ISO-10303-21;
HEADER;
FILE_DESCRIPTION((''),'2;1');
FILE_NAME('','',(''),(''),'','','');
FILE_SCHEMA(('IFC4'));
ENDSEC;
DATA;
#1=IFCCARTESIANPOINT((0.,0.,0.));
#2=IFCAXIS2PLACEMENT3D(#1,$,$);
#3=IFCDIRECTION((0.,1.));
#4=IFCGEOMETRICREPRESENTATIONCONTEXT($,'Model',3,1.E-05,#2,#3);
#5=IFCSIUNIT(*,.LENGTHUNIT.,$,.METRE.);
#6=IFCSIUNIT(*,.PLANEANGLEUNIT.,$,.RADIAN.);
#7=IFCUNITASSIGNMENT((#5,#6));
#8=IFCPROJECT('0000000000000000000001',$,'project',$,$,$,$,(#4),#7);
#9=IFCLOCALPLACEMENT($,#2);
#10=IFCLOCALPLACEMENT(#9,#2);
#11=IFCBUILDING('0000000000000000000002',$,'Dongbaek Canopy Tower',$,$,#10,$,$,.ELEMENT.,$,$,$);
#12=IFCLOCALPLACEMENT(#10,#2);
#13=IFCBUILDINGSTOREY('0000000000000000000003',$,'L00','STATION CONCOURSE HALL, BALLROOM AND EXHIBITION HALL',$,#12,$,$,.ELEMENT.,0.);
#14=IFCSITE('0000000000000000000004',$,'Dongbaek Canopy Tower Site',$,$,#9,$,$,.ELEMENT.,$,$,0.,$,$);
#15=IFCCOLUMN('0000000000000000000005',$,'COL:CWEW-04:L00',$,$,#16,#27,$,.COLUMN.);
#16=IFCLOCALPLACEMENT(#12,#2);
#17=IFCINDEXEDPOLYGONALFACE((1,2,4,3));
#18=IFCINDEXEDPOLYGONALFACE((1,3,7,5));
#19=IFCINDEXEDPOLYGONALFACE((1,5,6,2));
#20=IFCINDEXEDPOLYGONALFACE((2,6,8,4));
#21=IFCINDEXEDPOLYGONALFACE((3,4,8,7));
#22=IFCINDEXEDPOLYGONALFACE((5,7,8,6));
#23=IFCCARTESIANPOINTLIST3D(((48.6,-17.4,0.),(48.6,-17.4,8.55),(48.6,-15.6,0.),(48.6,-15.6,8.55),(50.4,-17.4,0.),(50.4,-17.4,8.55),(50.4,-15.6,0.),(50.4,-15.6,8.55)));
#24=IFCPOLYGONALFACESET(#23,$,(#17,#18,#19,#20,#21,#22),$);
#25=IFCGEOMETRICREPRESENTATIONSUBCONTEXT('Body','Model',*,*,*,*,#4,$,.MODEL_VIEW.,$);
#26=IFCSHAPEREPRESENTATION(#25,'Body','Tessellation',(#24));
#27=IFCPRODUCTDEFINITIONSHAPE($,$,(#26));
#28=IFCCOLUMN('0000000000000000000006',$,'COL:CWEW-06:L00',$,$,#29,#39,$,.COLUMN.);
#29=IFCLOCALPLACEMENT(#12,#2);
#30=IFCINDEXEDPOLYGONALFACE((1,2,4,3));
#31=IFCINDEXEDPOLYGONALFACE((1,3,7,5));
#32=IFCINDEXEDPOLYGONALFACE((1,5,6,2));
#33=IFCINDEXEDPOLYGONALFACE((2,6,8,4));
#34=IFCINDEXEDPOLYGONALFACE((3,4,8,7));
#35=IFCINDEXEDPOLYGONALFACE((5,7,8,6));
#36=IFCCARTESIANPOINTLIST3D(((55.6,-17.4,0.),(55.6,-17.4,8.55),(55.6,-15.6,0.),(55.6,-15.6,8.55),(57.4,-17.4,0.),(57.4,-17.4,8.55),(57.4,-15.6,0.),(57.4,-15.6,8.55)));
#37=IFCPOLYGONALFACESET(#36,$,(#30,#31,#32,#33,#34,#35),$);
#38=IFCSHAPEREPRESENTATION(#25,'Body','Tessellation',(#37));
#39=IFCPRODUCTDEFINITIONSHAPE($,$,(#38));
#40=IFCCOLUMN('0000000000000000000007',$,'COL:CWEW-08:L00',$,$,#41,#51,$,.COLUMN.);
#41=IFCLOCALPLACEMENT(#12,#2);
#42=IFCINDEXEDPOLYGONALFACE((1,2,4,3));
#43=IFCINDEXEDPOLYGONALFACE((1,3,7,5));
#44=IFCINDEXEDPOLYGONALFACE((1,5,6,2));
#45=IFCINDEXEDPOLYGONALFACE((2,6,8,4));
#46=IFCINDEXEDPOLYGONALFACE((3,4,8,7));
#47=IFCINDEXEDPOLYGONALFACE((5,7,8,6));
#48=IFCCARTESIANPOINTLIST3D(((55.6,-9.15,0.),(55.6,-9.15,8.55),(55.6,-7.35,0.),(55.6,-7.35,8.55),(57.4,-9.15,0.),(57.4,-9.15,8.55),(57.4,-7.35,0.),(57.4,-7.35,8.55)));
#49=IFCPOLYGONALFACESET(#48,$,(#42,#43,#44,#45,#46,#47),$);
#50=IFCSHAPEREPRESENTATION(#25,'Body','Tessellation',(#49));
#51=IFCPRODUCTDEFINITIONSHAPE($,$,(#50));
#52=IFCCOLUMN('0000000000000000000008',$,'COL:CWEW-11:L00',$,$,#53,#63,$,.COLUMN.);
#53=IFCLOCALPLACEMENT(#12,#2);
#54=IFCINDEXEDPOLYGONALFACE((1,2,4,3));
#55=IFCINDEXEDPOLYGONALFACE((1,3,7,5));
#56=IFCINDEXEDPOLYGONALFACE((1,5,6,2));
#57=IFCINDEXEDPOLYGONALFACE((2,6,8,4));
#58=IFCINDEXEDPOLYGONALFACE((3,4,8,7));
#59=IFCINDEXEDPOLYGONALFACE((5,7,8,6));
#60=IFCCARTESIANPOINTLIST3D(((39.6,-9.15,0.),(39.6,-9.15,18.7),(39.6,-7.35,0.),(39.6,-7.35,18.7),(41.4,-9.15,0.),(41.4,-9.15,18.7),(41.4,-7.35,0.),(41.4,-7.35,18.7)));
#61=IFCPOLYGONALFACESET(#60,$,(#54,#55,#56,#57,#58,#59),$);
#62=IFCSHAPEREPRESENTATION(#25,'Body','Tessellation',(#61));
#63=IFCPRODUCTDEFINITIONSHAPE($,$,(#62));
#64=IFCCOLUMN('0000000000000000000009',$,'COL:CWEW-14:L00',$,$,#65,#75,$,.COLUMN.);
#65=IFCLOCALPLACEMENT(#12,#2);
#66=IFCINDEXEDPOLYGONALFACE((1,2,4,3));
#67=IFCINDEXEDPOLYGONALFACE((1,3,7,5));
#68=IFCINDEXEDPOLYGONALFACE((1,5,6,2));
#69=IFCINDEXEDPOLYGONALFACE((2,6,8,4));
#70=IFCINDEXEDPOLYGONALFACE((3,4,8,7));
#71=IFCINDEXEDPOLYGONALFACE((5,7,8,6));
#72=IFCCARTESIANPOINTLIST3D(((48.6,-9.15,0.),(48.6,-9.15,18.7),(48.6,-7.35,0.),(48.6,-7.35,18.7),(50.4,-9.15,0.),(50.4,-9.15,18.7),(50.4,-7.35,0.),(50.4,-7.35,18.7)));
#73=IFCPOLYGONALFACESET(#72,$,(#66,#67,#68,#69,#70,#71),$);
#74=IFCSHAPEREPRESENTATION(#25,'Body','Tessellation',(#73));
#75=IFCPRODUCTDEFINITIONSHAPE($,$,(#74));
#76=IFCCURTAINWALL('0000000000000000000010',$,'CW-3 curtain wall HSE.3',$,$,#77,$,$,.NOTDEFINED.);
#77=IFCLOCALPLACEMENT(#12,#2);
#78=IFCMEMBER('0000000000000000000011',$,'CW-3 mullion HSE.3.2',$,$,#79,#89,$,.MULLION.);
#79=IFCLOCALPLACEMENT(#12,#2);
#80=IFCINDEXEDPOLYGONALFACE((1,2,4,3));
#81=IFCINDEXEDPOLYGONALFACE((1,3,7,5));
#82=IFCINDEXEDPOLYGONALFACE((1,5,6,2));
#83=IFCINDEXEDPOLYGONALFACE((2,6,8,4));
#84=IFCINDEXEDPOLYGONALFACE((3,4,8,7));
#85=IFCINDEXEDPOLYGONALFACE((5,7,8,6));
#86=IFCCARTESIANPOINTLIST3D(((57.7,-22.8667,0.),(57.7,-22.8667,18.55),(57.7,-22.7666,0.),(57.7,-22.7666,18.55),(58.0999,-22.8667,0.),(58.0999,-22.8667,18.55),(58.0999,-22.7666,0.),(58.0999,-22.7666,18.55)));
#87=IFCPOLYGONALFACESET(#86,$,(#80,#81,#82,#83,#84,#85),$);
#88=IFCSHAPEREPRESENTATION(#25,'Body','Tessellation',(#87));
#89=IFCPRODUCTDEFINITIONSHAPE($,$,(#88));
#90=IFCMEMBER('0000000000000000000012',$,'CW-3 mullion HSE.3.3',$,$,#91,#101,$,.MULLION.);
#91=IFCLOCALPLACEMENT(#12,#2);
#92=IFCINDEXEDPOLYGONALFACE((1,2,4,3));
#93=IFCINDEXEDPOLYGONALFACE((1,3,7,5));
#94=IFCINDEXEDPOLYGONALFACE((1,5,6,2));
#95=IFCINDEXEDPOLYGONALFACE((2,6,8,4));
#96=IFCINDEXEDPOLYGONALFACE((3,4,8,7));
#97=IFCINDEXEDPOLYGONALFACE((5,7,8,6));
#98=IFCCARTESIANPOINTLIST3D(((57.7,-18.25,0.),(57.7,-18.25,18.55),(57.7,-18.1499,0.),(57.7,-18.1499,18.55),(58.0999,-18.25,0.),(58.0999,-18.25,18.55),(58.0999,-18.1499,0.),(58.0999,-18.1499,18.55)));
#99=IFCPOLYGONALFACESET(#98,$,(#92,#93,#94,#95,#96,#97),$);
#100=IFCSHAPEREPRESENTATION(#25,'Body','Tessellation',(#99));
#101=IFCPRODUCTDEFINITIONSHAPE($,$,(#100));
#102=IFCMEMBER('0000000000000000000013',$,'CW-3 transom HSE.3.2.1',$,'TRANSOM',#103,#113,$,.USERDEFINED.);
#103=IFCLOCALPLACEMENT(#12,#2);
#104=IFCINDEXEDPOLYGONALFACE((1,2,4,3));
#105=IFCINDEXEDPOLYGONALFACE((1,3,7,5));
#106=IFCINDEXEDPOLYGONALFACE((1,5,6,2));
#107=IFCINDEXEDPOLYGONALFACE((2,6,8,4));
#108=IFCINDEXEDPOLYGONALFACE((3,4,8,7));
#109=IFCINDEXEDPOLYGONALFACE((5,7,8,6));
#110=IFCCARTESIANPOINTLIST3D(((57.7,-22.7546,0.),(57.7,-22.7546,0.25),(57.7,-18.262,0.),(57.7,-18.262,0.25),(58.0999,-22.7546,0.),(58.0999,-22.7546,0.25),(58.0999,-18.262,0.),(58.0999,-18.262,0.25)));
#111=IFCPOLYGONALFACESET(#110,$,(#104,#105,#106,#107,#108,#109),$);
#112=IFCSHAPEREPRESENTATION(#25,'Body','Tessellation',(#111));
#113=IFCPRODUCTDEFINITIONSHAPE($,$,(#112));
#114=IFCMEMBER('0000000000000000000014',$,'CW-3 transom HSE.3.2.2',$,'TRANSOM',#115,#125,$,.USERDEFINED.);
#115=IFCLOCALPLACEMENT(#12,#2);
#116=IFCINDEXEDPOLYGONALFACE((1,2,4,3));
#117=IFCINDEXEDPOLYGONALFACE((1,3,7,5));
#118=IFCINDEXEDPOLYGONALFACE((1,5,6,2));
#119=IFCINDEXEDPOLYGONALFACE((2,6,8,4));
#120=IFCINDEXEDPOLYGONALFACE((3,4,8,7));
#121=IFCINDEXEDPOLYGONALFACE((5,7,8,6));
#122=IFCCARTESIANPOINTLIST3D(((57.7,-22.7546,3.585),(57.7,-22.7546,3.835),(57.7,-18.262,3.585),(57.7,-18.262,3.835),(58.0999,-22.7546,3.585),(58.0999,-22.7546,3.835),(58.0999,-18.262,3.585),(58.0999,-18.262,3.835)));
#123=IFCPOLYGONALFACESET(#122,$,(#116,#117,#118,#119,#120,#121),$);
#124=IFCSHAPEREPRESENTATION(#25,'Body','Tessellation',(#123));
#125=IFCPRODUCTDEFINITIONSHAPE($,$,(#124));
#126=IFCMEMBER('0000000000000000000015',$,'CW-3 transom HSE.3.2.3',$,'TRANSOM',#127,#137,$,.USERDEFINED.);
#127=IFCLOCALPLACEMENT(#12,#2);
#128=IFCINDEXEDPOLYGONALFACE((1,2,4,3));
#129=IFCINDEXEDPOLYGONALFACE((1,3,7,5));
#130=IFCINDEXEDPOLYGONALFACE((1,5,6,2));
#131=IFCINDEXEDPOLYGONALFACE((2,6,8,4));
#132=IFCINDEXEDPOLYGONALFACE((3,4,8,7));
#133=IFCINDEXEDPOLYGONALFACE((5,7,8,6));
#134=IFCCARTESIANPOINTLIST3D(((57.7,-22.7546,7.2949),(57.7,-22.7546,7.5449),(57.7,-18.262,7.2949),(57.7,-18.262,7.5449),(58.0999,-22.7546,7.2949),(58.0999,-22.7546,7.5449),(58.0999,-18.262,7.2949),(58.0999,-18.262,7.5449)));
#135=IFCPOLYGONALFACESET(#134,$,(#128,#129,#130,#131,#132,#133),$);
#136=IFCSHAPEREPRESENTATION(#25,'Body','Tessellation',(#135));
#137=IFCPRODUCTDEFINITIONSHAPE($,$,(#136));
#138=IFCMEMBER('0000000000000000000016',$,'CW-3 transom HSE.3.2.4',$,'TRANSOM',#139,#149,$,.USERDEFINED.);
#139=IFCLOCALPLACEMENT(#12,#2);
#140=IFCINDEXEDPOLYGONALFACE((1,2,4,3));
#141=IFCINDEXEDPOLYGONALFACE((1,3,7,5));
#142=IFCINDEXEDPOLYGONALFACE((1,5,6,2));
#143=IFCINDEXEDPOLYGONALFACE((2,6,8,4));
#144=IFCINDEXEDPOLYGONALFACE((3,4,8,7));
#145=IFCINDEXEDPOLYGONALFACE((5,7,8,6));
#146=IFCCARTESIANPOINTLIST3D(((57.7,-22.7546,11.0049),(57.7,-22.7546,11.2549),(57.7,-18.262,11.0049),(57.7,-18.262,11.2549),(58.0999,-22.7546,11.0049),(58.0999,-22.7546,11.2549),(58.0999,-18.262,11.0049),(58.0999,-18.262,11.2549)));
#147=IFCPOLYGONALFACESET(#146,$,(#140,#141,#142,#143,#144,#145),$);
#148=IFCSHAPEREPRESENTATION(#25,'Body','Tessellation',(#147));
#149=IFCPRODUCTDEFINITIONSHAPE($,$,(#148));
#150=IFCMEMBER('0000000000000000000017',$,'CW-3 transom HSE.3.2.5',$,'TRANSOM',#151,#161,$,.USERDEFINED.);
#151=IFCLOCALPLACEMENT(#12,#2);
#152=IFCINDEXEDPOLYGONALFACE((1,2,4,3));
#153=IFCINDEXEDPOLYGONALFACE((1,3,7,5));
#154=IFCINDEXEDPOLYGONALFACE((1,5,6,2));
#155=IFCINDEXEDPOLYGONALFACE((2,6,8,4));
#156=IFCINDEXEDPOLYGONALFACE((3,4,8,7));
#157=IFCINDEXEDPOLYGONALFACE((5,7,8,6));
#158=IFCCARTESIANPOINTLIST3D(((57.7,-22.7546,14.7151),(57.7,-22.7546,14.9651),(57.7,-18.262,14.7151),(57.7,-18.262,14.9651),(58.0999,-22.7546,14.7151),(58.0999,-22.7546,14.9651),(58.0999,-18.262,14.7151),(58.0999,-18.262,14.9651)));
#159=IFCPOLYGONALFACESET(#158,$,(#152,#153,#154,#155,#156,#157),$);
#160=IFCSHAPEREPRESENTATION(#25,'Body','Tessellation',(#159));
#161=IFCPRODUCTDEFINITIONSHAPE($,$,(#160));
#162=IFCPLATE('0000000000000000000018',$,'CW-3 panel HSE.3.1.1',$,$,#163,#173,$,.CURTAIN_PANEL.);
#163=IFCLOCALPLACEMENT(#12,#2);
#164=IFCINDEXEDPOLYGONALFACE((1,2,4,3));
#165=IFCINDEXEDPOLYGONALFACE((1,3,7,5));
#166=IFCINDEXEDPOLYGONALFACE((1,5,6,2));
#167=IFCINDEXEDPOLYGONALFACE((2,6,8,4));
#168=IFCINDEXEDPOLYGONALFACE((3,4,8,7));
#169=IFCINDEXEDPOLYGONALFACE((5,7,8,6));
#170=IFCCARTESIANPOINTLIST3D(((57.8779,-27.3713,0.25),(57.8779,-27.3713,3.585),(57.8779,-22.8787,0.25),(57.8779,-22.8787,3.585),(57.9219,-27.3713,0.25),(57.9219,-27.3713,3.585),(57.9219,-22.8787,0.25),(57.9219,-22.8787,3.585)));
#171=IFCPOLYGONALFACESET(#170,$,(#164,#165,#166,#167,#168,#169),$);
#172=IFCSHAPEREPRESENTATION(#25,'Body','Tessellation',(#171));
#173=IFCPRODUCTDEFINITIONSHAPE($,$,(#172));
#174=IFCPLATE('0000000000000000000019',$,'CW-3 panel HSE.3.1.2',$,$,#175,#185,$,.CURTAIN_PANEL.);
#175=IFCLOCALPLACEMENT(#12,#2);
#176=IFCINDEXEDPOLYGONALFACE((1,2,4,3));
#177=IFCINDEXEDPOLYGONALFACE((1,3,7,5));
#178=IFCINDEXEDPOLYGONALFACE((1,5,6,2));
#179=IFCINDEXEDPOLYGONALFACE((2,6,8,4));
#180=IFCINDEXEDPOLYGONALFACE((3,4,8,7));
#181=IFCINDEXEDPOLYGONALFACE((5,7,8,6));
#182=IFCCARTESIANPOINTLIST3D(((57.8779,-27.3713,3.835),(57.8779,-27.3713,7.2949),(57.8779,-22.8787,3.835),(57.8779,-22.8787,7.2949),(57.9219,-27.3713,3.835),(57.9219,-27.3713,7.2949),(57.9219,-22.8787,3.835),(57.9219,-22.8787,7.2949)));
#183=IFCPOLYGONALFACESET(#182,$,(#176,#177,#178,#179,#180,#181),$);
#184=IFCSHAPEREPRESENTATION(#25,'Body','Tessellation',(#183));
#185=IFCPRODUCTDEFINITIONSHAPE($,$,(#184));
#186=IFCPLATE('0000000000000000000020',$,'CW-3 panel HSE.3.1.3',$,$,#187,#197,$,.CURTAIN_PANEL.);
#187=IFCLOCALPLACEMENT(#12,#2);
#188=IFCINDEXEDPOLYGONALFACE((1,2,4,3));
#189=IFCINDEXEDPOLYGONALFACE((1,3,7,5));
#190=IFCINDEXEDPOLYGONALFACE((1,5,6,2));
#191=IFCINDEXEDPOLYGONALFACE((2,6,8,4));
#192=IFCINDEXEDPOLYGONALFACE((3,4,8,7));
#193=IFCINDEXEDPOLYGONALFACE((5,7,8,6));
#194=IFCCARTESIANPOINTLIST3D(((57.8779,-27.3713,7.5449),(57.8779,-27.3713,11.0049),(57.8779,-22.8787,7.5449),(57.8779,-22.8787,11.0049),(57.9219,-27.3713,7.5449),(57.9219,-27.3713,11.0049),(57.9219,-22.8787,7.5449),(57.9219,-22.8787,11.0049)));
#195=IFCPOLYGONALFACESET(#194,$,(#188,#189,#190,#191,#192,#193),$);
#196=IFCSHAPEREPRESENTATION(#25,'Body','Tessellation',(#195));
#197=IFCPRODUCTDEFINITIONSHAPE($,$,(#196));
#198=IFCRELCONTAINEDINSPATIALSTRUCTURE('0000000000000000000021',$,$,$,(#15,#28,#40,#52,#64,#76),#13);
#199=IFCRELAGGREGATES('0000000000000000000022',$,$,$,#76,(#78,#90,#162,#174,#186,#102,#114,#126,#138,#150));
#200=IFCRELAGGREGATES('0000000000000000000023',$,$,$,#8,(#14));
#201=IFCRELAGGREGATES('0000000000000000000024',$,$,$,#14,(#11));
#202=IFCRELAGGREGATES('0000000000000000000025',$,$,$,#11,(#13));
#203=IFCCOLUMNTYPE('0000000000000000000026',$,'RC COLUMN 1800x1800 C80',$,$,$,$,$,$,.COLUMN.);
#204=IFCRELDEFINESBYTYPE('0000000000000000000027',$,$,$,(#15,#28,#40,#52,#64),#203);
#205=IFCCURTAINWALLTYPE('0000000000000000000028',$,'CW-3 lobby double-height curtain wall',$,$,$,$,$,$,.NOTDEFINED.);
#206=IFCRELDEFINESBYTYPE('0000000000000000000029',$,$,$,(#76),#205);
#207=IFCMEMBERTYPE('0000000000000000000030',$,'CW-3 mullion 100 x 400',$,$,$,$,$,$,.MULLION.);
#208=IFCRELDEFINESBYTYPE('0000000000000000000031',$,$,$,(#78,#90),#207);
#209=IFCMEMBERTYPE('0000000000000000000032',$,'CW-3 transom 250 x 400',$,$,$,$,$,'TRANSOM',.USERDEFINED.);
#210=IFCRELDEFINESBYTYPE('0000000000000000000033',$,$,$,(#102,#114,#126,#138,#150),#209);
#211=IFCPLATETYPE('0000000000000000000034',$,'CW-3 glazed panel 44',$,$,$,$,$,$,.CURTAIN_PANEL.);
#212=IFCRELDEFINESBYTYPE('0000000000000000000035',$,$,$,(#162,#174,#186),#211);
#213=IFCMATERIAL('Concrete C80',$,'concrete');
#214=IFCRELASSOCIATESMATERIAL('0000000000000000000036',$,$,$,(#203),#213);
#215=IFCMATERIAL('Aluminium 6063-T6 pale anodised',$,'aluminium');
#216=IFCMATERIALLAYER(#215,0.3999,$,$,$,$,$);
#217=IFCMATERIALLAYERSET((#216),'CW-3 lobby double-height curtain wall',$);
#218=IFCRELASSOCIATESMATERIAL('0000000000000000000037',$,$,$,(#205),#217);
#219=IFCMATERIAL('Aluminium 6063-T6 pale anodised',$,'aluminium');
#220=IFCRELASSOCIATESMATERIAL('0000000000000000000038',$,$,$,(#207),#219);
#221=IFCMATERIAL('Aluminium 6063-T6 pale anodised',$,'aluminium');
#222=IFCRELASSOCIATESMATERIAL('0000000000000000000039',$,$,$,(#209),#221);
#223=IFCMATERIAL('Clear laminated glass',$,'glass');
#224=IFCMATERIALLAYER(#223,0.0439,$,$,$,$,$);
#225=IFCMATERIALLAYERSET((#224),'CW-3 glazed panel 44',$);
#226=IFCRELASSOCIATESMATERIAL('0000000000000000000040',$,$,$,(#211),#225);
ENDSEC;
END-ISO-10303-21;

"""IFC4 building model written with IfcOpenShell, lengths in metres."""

from ifc_helpers import new_model, si_unit, direction, frame, origin, origin_2d, place, context, subcontext, project, spatial, rectangle, extrude, material, layer, layer_set, material_profile, profile_set, type_object, element, aggregate, save


model = new_model("IFC4")

# Units and contexts
model_context = context("Model", 3, precision=1e-05, world=origin(), true_north=direction((0.0, 1.0)))
body_context = subcontext(model_context, "Body", "Model", "MODEL_VIEW")
ifc_project = project(units=[si_unit("LENGTHUNIT", "METRE"), si_unit("PLANEANGLEUNIT", "RADIAN")], contexts=[model_context])

# Site, building, storey
site_placement = place(None, origin())
site = spatial("IfcSite", under=ifc_project, at=site_placement, Name="Dongbaek Canopy Tower Site", CompositionType="ELEMENT", RefElevation=0.0)
building_placement = place(site_placement, origin())
building = spatial("IfcBuilding", under=site, at=building_placement, Name="Dongbaek Canopy Tower", CompositionType="ELEMENT")
storey_placement = place(building_placement, origin())
storey = spatial("IfcBuildingStorey", under=building, at=storey_placement, Name="L00", Description="STATION CONCOURSE HALL, BALLROOM AND EXHIBITION HALL", CompositionType="ELEMENT", Elevation=0.0)

# Columns
ifc_material_1 = material(Name="Concrete C80", Category="concrete")
ifc_material_profile_1 = material_profile(ifc_material_1, rectangle(XDim=1.8, YDim=1.8, at=origin_2d()), Name="RC COLUMN 1800x1800 C80")
ifc_profile_set_1 = profile_set([ifc_material_profile_1], Name="Concrete C80")
column_type = type_object("IfcColumnType", Name="RC COLUMN 1800x1800 C80", PredefinedType="COLUMN", material=ifc_profile_set_1)
for number, where, z_axis, x_axis, name in (
    (1, (49.5, -16.5, 0.0), (0.0, 0.0, 1.0), (1.0, 0.0, 0.0), "COL:CWEW-04:L00"),
    (2, (56.5, -16.5, 0.0), (0.0, 0.0, 1.0), (1.0, 0.0, 0.0), "COL:CWEW-06:L00"),
    (3, (56.5, -8.25, 0.0), (0.0, 0.0, 1.0), (1.0, 0.0, 0.0), "COL:CWEW-08:L00"),
):
    element("IfcColumn", number, at=place(storey_placement, frame(where, z_axis=z_axis, x_axis=x_axis)), inside=storey, type_object=column_type, Name=name, PredefinedType="COLUMN", context=body_context, shape_type="SweptSolid", body=[
        extrude(rectangle(XDim=1.8, YDim=1.8, at=origin_2d()), origin(), (0.0, 0.0, 1.0), 8.55),
    ])
for number, where, z_axis, x_axis, name in (
    (4, (40.5, -8.25, 0.0), (0.0, 0.0, 1.0), (1.0, 0.0, 0.0), "COL:CWEW-11:L00"),
    (5, (49.5, -8.25, 0.0), (0.0, 0.0, 1.0), (1.0, 0.0, 0.0), "COL:CWEW-14:L00"),
):
    element("IfcColumn", number, at=place(storey_placement, frame(where, z_axis=z_axis, x_axis=x_axis)), inside=storey, type_object=column_type, Name=name, PredefinedType="COLUMN", context=body_context, shape_type="SweptSolid", body=[
        extrude(rectangle(XDim=1.8, YDim=1.8, at=origin_2d()), origin(), (0.0, 0.0, 1.0), 18.7),
    ])

# Curtain wall, members, plates
ifc_material_2 = material(Name="Aluminium 6063-T6 pale anodised", Category="aluminium")
ifc_layer_1 = layer(ifc_material_2, 0.3999)
ifc_layer_set_1 = layer_set([ifc_layer_1], Name="CW-3 lobby double-height curtain wall")
curtain_wall_type = type_object("IfcCurtainWallType", Name="CW-3 lobby double-height curtain wall", PredefinedType="NOTDEFINED", material=ifc_layer_set_1)
curtain_wall_placement = place(storey_placement, origin())
curtain_wall = element("IfcCurtainWall", 6, at=curtain_wall_placement, inside=storey, type_object=curtain_wall_type, Name="CW-3 curtain wall HSE.3", PredefinedType="NOTDEFINED")
ifc_material_3 = material(Name="Aluminium 6063-T6 pale anodised", Category="aluminium")
ifc_material_profile_2 = material_profile(ifc_material_3, rectangle(XDim=0.3999, YDim=0.1001, at=origin_2d()), Name="CW-3 mullion 100 x 400")
ifc_profile_set_2 = profile_set([ifc_material_profile_2], Name="Aluminium 6063-T6 pale anodised")
member_type_1 = type_object("IfcMemberType", Name="CW-3 mullion 100 x 400", PredefinedType="MULLION", material=ifc_profile_set_2)
member_1_placement = place(storey_placement, frame((57.8999, -22.8167, 0.0), z_axis=(0.0, 0.0, 1.0), x_axis=(1.0, 0.0, 0.0)))
member_1 = element("IfcMember", 7, at=member_1_placement, type_object=member_type_1, Name="CW-3 mullion HSE.3.2", PredefinedType="MULLION", context=body_context, shape_type="SweptSolid", body=[
    extrude(rectangle(XDim=0.3999, YDim=0.1001, at=origin_2d()), origin(), (0.0, 0.0, 1.0), 18.55),
])
member_2_placement = place(storey_placement, frame((57.8999, -18.2, 0.0), z_axis=(0.0, 0.0, 1.0), x_axis=(1.0, 0.0, 0.0)))
member_2 = element("IfcMember", 8, at=member_2_placement, type_object=member_type_1, Name="CW-3 mullion HSE.3.3", PredefinedType="MULLION", context=body_context, shape_type="SweptSolid", body=[
    extrude(rectangle(XDim=0.3999, YDim=0.1001, at=origin_2d()), origin(), (0.0, 0.0, 1.0), 18.55),
])
ifc_material_4 = material(Name="Aluminium 6063-T6 pale anodised", Category="aluminium")
ifc_material_profile_3 = material_profile(ifc_material_4, rectangle(XDim=0.3999, YDim=0.25, at=origin_2d()), Name="CW-3 transom 250 x 400")
ifc_profile_set_3 = profile_set([ifc_material_profile_3], Name="Aluminium 6063-T6 pale anodised")
member_type_2 = type_object("IfcMemberType", Name="CW-3 transom 250 x 400", ElementType="TRANSOM", PredefinedType="USERDEFINED", material=ifc_profile_set_3)
member_3_placement = place(storey_placement, frame((57.8999, -22.7546, 0.125), z_axis=(0.0, 1.0, 0.0), x_axis=(-1.0, 0.0, 0.0)))
member_3 = element("IfcMember", 9, at=member_3_placement, type_object=member_type_2, Name="CW-3 transom HSE.3.2.1", ObjectType="TRANSOM", PredefinedType="USERDEFINED", context=body_context, shape_type="SweptSolid", body=[
    extrude(rectangle(XDim=0.3999, YDim=0.25, at=origin_2d()), origin(), (0.0, 0.0, 1.0), 4.4927),
])
member_4_placement = place(storey_placement, frame((57.8999, -22.7546, 3.71), z_axis=(0.0, 1.0, 0.0), x_axis=(-1.0, 0.0, 0.0)))
member_4 = element("IfcMember", 10, at=member_4_placement, type_object=member_type_2, Name="CW-3 transom HSE.3.2.2", ObjectType="TRANSOM", PredefinedType="USERDEFINED", context=body_context, shape_type="SweptSolid", body=[
    extrude(rectangle(XDim=0.3999, YDim=0.25, at=origin_2d()), origin(), (0.0, 0.0, 1.0), 4.4927),
])
member_5_placement = place(storey_placement, frame((57.8999, -22.7546, 7.4199), z_axis=(0.0, 1.0, 0.0), x_axis=(-1.0, 0.0, 0.0)))
member_5 = element("IfcMember", 11, at=member_5_placement, type_object=member_type_2, Name="CW-3 transom HSE.3.2.3", ObjectType="TRANSOM", PredefinedType="USERDEFINED", context=body_context, shape_type="SweptSolid", body=[
    extrude(rectangle(XDim=0.3999, YDim=0.25, at=origin_2d()), origin(), (0.0, 0.0, 1.0), 4.4927),
])
member_6_placement = place(storey_placement, frame((57.8999, -22.7546, 11.1299), z_axis=(0.0, 1.0, 0.0), x_axis=(-1.0, 0.0, 0.0)))
member_6 = element("IfcMember", 12, at=member_6_placement, type_object=member_type_2, Name="CW-3 transom HSE.3.2.4", ObjectType="TRANSOM", PredefinedType="USERDEFINED", context=body_context, shape_type="SweptSolid", body=[
    extrude(rectangle(XDim=0.3999, YDim=0.25, at=origin_2d()), origin(), (0.0, 0.0, 1.0), 4.4927),
])
member_7_placement = place(storey_placement, frame((57.8999, -22.7546, 14.8401), z_axis=(0.0, 1.0, 0.0), x_axis=(-1.0, 0.0, 0.0)))
member_7 = element("IfcMember", 13, at=member_7_placement, type_object=member_type_2, Name="CW-3 transom HSE.3.2.5", ObjectType="TRANSOM", PredefinedType="USERDEFINED", context=body_context, shape_type="SweptSolid", body=[
    extrude(rectangle(XDim=0.3999, YDim=0.25, at=origin_2d()), origin(), (0.0, 0.0, 1.0), 4.4927),
])
ifc_material_5 = material(Name="Clear laminated glass", Category="glass")
ifc_layer_2 = layer(ifc_material_5, 0.0439)
ifc_layer_set_2 = layer_set([ifc_layer_2], Name="CW-3 glazed panel 44")
plate_type = type_object("IfcPlateType", Name="CW-3 glazed panel 44", PredefinedType="CURTAIN_PANEL", material=ifc_layer_set_2)
plate_1_placement = place(storey_placement, frame((57.8999, -25.125, 0.25), z_axis=(0.0, 0.0, 1.0), x_axis=(0.0, 1.0, 0.0)))
plate_1 = element("IfcPlate", 14, at=plate_1_placement, type_object=plate_type, Name="CW-3 panel HSE.3.1.1", PredefinedType="CURTAIN_PANEL", context=body_context, shape_type="SweptSolid", body=[
    extrude(rectangle(XDim=4.4927, YDim=0.0439, at=origin_2d()), origin(), (0.0, 0.0, 1.0), 3.335),
])
plate_2_placement = place(storey_placement, frame((57.8999, -25.125, 3.835), z_axis=(0.0, 0.0, 1.0), x_axis=(0.0, 1.0, 0.0)))
plate_2 = element("IfcPlate", 15, at=plate_2_placement, type_object=plate_type, Name="CW-3 panel HSE.3.1.2", PredefinedType="CURTAIN_PANEL", context=body_context, shape_type="SweptSolid", body=[
    extrude(rectangle(XDim=4.4927, YDim=0.0439, at=origin_2d()), origin(), (0.0, 0.0, 1.0), 3.46),
])
plate_3_placement = place(storey_placement, frame((57.8999, -25.125, 7.5449), z_axis=(0.0, 0.0, 1.0), x_axis=(0.0, 1.0, 0.0)))
plate_3 = element("IfcPlate", 16, at=plate_3_placement, type_object=plate_type, Name="CW-3 panel HSE.3.1.3", PredefinedType="CURTAIN_PANEL", context=body_context, shape_type="SweptSolid", body=[
    extrude(rectangle(XDim=4.4927, YDim=0.0439, at=origin_2d()), origin(), (0.0, 0.0, 1.0), 3.46),
])
aggregate(curtain_wall, [member_1, member_2, plate_1, plate_2, plate_3, member_3, member_4, member_5, member_6, member_7])

save(model, "model.ifc")
